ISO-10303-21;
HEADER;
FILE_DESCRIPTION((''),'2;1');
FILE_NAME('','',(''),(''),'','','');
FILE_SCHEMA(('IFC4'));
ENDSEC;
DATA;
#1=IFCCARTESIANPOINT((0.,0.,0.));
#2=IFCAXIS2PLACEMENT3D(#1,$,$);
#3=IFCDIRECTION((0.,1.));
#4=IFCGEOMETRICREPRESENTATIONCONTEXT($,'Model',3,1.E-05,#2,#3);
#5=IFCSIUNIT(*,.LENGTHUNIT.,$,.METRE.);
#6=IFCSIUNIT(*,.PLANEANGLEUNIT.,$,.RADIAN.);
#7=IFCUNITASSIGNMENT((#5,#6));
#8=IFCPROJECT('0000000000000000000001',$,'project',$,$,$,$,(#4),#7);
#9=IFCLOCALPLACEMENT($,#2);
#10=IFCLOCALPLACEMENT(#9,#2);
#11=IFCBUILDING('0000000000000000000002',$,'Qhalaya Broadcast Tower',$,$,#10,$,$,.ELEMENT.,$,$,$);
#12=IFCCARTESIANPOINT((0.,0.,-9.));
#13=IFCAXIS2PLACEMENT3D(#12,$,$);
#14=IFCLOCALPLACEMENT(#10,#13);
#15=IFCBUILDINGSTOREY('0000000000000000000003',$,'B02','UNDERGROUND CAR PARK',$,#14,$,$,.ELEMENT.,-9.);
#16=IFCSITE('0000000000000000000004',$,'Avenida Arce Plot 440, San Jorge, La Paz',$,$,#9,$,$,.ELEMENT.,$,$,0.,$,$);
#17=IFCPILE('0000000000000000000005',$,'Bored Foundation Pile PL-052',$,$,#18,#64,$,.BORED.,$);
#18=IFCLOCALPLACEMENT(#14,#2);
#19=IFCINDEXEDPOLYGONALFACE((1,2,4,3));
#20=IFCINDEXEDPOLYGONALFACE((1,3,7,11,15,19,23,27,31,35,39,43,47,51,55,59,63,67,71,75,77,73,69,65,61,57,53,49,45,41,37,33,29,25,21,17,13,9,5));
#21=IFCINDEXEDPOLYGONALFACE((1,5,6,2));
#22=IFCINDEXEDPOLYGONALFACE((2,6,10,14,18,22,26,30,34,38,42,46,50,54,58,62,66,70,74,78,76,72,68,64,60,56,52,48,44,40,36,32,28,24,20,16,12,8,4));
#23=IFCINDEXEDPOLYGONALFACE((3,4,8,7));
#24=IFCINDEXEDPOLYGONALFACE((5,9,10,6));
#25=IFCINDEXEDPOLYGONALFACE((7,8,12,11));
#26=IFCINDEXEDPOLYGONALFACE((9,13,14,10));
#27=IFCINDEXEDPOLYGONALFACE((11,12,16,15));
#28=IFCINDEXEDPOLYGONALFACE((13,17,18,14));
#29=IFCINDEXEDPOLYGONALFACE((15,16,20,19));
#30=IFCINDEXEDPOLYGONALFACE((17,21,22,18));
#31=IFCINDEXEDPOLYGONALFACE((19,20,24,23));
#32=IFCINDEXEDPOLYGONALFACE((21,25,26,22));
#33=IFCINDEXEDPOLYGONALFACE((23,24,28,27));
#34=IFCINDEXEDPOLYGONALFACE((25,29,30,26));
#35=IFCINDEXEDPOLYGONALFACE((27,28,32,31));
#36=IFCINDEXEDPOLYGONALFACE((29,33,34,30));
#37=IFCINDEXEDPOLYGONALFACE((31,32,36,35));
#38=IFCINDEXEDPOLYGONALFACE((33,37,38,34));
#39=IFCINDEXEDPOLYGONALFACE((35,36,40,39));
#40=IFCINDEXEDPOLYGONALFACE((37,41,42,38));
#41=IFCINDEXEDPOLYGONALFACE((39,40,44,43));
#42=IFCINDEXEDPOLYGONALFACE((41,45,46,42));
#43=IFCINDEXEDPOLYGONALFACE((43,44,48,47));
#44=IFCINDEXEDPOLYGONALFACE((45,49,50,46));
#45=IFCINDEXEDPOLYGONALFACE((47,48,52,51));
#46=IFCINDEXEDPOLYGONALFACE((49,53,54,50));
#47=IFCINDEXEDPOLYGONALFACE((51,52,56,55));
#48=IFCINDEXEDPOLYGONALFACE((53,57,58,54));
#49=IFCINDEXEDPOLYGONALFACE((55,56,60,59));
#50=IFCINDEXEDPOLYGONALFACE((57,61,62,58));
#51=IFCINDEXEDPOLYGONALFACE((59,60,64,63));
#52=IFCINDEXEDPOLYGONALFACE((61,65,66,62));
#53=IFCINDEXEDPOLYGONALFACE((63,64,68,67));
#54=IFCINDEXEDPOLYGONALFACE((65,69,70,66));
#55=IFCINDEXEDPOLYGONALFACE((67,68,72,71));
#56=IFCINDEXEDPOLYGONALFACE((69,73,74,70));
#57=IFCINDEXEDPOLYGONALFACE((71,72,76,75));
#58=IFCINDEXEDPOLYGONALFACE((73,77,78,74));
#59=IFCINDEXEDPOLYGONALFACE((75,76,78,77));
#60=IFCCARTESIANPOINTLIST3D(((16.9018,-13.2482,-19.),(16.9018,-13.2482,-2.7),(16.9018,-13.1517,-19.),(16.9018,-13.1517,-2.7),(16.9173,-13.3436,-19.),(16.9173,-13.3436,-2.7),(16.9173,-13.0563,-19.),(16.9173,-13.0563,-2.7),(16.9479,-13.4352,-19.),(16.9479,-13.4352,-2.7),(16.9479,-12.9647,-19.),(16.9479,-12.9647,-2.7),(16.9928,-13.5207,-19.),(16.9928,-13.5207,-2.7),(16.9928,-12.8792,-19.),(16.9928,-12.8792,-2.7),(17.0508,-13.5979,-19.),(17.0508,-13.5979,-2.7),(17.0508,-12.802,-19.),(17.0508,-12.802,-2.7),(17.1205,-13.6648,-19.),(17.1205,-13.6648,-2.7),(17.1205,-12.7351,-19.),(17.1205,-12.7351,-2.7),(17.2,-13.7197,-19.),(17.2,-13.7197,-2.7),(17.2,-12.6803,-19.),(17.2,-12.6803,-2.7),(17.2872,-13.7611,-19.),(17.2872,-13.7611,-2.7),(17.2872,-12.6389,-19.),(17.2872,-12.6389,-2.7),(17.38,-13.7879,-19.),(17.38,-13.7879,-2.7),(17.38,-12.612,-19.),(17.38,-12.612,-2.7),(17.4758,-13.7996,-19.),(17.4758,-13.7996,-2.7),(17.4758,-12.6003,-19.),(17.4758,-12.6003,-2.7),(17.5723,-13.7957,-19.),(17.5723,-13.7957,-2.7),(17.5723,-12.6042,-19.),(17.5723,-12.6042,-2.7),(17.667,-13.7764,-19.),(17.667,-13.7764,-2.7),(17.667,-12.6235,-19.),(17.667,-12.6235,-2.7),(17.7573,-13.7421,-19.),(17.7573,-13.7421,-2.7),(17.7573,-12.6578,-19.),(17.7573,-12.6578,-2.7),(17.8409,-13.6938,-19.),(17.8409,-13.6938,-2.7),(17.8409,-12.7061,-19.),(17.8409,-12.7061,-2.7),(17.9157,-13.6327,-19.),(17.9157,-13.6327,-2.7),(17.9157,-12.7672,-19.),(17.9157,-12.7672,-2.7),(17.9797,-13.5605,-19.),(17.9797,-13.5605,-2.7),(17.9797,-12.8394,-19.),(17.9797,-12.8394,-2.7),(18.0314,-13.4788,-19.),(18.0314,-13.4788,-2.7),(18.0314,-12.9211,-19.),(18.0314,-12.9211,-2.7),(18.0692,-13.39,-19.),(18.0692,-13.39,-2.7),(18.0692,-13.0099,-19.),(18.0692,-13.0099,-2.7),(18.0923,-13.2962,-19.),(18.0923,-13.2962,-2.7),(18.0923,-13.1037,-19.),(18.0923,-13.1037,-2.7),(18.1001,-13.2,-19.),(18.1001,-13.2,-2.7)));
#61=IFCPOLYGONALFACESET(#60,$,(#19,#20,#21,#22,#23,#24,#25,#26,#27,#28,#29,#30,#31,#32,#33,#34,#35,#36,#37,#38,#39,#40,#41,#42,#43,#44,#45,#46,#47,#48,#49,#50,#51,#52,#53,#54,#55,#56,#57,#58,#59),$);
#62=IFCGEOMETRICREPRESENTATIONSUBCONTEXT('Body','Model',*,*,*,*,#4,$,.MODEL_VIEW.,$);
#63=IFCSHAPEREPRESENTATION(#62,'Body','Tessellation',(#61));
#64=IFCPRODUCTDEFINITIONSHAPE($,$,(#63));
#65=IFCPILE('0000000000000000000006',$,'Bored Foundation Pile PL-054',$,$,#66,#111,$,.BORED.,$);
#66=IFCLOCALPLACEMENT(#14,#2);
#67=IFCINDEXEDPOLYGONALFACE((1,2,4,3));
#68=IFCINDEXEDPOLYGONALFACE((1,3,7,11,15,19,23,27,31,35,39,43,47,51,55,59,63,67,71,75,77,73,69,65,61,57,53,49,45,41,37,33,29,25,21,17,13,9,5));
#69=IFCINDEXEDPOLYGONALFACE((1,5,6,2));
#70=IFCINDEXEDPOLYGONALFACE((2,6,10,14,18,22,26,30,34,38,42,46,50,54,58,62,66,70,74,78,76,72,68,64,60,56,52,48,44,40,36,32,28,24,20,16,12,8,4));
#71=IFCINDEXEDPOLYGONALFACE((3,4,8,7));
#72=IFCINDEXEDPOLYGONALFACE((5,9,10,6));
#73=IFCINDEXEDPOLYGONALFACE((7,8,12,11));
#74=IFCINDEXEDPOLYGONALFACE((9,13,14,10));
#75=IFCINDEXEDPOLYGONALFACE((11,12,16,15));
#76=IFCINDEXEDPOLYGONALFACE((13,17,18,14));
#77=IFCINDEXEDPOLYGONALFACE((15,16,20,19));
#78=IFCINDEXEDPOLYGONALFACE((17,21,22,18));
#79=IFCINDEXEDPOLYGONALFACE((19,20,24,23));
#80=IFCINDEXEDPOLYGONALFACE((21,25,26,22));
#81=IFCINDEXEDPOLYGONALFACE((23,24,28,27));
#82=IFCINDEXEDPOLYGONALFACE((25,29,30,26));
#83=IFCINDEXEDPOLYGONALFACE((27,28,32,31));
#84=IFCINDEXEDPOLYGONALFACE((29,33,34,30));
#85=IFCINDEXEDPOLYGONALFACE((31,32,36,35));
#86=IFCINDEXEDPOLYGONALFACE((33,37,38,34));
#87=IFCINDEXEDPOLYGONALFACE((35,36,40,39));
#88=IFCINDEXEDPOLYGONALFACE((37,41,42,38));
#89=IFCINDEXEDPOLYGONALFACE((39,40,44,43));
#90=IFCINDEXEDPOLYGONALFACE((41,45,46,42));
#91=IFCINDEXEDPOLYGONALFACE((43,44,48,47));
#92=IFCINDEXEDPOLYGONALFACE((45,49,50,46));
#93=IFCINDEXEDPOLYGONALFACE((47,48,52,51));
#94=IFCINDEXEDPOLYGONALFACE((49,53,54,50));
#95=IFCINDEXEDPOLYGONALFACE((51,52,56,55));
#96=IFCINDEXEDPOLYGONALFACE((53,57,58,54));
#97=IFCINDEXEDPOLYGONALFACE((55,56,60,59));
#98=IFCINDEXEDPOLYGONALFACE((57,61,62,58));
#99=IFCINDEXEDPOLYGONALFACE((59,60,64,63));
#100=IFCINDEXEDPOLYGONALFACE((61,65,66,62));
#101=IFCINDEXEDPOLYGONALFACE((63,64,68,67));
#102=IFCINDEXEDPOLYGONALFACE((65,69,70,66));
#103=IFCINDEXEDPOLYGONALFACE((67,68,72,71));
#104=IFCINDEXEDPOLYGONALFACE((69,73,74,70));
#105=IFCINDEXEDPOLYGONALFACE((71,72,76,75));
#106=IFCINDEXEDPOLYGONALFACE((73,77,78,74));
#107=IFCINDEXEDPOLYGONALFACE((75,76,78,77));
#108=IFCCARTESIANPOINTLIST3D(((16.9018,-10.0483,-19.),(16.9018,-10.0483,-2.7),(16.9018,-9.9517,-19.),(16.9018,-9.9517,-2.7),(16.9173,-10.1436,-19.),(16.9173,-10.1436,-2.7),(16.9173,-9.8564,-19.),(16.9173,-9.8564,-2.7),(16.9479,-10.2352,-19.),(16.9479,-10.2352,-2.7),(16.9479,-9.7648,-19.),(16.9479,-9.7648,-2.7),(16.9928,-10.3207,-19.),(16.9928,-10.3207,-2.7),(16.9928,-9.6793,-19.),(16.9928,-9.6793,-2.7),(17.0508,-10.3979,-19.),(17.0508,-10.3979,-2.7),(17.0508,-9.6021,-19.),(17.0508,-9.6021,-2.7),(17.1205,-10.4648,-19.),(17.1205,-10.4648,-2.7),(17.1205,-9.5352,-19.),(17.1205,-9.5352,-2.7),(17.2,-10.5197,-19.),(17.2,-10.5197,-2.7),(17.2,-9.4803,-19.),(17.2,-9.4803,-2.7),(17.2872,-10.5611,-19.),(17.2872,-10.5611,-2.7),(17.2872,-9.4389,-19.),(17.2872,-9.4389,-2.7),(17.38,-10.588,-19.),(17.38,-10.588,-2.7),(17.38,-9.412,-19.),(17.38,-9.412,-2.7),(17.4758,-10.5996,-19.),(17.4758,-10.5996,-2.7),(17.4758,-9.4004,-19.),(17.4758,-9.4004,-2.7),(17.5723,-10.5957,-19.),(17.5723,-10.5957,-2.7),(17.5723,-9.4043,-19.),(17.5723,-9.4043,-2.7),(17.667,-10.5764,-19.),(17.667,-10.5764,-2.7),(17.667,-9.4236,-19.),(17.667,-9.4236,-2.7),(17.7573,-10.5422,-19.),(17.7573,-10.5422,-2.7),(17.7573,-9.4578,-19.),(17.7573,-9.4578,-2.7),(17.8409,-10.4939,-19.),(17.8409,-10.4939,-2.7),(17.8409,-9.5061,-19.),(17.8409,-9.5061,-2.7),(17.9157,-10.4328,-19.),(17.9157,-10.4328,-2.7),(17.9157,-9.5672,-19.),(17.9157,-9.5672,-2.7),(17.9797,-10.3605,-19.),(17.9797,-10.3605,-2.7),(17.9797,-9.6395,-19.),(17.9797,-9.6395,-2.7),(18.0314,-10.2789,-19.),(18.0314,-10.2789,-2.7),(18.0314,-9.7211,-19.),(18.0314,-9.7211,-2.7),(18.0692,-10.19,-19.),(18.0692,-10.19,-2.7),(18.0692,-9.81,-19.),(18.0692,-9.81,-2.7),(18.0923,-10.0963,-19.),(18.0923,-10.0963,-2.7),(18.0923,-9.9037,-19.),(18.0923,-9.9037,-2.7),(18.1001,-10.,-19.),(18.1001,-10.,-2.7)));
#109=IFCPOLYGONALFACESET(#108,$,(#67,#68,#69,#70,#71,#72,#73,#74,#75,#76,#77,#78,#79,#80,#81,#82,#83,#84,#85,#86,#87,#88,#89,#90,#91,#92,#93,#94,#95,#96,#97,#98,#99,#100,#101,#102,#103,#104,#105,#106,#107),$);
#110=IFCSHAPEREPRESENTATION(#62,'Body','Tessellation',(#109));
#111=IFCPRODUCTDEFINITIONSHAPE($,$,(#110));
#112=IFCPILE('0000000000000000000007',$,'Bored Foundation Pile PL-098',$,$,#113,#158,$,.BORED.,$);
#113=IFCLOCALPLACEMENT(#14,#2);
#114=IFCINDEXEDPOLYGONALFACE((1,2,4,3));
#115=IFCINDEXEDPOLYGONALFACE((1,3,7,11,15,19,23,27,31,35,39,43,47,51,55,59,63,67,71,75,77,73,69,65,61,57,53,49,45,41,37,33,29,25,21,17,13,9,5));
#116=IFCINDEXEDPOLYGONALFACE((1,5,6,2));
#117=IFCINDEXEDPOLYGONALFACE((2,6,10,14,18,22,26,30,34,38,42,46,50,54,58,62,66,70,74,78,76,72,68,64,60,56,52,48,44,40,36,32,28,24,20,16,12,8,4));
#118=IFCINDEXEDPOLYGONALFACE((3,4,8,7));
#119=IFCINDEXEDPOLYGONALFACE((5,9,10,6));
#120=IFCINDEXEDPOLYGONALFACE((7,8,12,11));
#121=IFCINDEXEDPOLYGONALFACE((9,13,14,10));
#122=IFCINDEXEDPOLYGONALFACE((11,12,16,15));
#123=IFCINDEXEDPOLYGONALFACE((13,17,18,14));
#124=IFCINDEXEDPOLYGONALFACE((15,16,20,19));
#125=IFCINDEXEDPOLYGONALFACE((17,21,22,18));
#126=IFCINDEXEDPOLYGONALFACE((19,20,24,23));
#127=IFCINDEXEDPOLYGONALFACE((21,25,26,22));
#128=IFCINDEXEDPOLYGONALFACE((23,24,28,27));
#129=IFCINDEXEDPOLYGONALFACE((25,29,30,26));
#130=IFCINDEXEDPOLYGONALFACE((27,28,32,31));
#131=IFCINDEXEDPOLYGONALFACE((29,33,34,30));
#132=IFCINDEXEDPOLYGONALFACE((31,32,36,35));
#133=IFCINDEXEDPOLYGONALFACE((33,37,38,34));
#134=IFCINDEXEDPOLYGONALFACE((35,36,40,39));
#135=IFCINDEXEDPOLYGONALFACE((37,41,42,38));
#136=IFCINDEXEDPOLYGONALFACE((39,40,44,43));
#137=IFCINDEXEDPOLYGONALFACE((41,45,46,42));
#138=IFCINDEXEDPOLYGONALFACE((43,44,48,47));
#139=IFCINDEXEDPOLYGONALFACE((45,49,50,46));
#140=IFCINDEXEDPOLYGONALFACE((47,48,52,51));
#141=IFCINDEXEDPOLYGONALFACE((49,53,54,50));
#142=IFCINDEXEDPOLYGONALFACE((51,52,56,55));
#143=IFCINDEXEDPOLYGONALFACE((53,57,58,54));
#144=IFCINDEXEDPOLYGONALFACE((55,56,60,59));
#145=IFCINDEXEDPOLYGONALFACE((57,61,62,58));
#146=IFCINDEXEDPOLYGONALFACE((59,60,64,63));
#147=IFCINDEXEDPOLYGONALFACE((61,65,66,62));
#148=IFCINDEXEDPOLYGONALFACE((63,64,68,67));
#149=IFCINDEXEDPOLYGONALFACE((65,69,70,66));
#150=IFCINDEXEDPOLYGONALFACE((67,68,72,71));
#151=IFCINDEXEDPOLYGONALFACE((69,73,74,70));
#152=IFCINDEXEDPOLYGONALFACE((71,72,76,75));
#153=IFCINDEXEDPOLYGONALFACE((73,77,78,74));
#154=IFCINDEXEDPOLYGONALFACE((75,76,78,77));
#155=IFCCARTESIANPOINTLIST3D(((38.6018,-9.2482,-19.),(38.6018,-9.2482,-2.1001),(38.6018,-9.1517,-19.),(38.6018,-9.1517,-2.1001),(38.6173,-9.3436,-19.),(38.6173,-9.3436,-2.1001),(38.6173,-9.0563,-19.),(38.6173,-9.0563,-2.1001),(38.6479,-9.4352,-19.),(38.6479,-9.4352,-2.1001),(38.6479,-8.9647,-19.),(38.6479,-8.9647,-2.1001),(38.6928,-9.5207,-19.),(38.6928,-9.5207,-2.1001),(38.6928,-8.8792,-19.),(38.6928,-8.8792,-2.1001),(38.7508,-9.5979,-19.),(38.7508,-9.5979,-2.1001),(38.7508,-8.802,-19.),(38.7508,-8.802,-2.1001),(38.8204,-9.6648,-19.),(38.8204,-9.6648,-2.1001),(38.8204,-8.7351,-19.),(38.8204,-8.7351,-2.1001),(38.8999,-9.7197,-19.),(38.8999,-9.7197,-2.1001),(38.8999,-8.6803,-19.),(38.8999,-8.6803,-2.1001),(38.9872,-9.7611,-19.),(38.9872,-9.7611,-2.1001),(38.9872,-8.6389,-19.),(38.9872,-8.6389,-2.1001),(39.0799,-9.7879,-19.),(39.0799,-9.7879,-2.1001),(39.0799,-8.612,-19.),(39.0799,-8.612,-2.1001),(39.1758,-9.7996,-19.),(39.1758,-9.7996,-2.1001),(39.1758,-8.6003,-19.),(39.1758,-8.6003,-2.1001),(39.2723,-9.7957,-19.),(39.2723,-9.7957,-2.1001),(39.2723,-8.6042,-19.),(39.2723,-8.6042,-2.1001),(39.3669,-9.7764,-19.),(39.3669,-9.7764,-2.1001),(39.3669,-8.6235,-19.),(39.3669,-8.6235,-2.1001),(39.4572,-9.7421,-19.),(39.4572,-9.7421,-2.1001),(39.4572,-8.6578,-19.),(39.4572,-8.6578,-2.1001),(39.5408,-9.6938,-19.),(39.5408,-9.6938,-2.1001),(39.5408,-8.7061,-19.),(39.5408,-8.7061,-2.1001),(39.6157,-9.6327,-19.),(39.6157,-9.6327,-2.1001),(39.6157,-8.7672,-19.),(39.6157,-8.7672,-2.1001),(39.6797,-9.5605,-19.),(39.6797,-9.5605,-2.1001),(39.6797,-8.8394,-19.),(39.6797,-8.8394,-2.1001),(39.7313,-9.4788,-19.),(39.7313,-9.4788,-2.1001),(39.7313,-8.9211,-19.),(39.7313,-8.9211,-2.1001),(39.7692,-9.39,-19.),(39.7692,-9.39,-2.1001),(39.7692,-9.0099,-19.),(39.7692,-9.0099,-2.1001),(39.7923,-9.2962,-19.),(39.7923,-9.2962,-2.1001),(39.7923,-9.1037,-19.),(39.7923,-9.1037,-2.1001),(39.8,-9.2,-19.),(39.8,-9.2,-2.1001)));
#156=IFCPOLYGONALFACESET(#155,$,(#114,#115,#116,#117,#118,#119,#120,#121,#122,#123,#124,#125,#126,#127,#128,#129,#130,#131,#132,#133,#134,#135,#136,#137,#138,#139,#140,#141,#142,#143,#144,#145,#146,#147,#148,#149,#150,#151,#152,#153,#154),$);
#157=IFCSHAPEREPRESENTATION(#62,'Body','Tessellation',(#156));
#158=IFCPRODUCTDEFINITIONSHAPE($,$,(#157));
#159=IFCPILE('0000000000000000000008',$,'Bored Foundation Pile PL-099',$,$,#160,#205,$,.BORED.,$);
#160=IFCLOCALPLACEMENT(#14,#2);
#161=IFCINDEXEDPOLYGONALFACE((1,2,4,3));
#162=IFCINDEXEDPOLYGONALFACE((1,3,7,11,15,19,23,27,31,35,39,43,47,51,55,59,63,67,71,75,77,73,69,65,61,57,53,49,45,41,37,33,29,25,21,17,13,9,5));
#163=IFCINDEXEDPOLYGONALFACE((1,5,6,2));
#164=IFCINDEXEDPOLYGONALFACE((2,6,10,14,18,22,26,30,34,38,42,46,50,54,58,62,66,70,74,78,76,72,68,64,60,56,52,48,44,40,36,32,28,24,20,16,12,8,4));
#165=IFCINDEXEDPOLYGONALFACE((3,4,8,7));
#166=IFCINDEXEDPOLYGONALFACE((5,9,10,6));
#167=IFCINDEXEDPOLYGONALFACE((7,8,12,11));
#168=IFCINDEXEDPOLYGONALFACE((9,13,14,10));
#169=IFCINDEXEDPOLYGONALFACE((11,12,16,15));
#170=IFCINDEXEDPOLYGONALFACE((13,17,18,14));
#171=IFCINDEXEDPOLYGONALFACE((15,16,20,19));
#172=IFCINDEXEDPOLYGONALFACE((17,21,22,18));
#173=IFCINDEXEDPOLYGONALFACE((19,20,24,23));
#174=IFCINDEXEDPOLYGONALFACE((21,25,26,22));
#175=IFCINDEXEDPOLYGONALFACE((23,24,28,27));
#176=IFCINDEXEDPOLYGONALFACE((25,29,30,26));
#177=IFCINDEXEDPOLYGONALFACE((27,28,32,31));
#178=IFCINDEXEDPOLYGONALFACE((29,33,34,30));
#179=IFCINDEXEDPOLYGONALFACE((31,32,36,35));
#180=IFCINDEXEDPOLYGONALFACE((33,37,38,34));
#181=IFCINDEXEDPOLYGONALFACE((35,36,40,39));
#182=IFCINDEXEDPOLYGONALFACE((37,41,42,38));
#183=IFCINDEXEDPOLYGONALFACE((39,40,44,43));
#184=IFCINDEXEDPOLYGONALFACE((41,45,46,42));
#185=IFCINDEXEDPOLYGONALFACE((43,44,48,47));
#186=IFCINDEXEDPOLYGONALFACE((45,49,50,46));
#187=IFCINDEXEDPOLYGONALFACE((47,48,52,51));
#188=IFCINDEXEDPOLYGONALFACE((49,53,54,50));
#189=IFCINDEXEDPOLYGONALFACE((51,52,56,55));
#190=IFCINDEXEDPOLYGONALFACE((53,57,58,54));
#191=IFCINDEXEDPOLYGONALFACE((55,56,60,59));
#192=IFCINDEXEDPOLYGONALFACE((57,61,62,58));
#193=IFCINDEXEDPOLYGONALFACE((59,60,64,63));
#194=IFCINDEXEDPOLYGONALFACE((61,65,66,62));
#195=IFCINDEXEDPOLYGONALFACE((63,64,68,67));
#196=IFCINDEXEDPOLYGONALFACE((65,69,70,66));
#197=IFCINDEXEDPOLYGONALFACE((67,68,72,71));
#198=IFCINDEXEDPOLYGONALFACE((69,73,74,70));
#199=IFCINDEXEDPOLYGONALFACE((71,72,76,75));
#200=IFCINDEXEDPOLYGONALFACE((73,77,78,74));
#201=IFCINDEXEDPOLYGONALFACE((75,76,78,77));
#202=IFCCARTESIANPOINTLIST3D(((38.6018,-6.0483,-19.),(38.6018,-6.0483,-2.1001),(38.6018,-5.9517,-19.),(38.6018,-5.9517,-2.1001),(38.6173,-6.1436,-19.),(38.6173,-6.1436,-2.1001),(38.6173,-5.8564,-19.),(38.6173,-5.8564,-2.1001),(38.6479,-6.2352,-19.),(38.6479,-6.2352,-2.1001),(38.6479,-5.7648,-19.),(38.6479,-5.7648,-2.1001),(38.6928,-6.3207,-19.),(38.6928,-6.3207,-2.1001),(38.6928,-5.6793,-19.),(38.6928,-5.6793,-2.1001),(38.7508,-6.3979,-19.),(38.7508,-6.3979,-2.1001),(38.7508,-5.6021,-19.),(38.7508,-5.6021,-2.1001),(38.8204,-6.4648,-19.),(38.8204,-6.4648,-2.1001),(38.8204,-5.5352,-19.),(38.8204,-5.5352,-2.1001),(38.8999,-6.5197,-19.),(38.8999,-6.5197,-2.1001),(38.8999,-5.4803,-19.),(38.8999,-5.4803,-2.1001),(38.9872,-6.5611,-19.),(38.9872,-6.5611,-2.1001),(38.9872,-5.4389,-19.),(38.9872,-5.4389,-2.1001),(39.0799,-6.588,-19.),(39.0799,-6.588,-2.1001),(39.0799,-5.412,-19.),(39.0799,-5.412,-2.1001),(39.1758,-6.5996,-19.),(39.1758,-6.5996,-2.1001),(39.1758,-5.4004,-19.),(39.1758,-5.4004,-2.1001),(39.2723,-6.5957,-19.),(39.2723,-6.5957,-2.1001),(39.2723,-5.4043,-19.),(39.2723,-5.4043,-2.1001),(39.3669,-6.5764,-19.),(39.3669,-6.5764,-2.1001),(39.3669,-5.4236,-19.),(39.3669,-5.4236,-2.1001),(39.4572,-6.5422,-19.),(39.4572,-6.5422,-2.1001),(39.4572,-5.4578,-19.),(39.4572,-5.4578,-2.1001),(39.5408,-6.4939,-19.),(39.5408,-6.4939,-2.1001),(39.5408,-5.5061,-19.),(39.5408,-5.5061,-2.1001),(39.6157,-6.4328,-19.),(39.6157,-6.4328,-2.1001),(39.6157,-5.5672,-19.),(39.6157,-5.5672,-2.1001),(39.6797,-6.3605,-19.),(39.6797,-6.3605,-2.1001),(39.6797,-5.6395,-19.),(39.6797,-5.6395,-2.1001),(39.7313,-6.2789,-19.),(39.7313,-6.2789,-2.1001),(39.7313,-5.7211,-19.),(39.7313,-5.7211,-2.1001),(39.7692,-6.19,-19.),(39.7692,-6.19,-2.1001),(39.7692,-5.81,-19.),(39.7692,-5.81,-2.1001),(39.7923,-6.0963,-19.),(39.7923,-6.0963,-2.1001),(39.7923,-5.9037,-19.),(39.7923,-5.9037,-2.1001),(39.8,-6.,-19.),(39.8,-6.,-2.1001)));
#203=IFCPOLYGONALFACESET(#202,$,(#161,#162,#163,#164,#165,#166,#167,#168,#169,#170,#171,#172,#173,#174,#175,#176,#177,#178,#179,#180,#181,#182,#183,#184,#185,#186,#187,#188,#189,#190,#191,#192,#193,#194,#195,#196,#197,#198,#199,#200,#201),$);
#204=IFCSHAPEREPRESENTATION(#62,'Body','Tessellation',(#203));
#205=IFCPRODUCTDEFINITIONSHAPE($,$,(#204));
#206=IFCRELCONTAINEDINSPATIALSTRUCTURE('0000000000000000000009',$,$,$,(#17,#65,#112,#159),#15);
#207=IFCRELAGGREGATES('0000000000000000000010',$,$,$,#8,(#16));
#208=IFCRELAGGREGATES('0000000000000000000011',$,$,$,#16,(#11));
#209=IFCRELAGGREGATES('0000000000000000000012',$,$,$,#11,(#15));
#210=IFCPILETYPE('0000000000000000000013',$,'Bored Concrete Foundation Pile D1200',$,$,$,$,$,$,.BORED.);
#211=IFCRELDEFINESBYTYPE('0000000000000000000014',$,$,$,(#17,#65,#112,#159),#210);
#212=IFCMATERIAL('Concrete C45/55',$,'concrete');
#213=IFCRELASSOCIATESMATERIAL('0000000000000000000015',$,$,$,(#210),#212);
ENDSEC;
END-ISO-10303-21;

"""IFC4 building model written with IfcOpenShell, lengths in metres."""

from ifc_helpers import new_model, si_unit, direction, frame, origin, origin_2d, place, context, subcontext, project, spatial, circle, extrude, material, material_profile, profile_set, type_object, element, save


model = new_model("IFC4")

# Units and contexts
model_context = context("Model", 3, precision=1e-05, world=origin(), true_north=direction((0.0, 1.0)))
body_context = subcontext(model_context, "Body", "Model", "MODEL_VIEW")
ifc_project = project(units=[si_unit("LENGTHUNIT", "METRE"), si_unit("PLANEANGLEUNIT", "RADIAN")], contexts=[model_context])

# Site, building, storey
site_placement = place(None, origin())
site = spatial("IfcSite", under=ifc_project, at=site_placement, Name="Avenida Arce Plot 440, San Jorge, La Paz", CompositionType="ELEMENT", RefElevation=0.0)
building_placement = place(site_placement, origin())
building = spatial("IfcBuilding", under=site, at=building_placement, Name="Qhalaya Broadcast Tower", CompositionType="ELEMENT")
storey_placement = place(building_placement, frame((0.0, 0.0, -9.0)))
storey = spatial("IfcBuildingStorey", under=building, at=storey_placement, Name="B02", Description="UNDERGROUND CAR PARK", CompositionType="ELEMENT", Elevation=-9.0)

# Piles
ifc_material_1 = material(Name="Concrete C45/55", Category="concrete")
ifc_material_profile_1 = material_profile(ifc_material_1, circle(Radius=0.6001, at=origin_2d()), Name="PILE D1200")
ifc_profile_set_1 = profile_set([ifc_material_profile_1], Name="Concrete C45/55")
pile_type = type_object("IfcPileType", Name="Bored Concrete Foundation Pile D1200", PredefinedType="BORED", material=ifc_profile_set_1)
for number, where, z_axis, x_axis, name in (
    (1, (17.5, -13.2, -2.7), (0.0, 0.0, -1.0), (1.0, 0.0, 0.0), "Bored Foundation Pile PL-052"),
    (2, (17.5, -10.0, -2.7), (0.0, 0.0, -1.0), (1.0, 0.0, 0.0), "Bored Foundation Pile PL-054"),
):
    element("IfcPile", number, at=place(storey_placement, frame(where, z_axis=z_axis, x_axis=x_axis)), inside=storey, type_object=pile_type, Name=name, PredefinedType="BORED", context=body_context, shape_type="SweptSolid", body=[
        extrude(circle(Radius=0.6001, at=origin_2d()), origin(), (0.0, 0.0, 1.0), 16.3),
    ])
for number, where, z_axis, x_axis, name in (
    (3, (39.2, -9.2, -2.1001), (0.0, 0.0, -1.0), (1.0, 0.0, 0.0), "Bored Foundation Pile PL-098"),
    (4, (39.2, -6.0, -2.1001), (0.0, 0.0, -1.0), (1.0, 0.0, 0.0), "Bored Foundation Pile PL-099"),
):
    element("IfcPile", number, at=place(storey_placement, frame(where, z_axis=z_axis, x_axis=x_axis)), inside=storey, type_object=pile_type, Name=name, PredefinedType="BORED", context=body_context, shape_type="SweptSolid", body=[
        extrude(circle(Radius=0.6001, at=origin_2d()), origin(), (0.0, 0.0, 1.0), 16.8999),
    ])

save(model, "model.ifc")
